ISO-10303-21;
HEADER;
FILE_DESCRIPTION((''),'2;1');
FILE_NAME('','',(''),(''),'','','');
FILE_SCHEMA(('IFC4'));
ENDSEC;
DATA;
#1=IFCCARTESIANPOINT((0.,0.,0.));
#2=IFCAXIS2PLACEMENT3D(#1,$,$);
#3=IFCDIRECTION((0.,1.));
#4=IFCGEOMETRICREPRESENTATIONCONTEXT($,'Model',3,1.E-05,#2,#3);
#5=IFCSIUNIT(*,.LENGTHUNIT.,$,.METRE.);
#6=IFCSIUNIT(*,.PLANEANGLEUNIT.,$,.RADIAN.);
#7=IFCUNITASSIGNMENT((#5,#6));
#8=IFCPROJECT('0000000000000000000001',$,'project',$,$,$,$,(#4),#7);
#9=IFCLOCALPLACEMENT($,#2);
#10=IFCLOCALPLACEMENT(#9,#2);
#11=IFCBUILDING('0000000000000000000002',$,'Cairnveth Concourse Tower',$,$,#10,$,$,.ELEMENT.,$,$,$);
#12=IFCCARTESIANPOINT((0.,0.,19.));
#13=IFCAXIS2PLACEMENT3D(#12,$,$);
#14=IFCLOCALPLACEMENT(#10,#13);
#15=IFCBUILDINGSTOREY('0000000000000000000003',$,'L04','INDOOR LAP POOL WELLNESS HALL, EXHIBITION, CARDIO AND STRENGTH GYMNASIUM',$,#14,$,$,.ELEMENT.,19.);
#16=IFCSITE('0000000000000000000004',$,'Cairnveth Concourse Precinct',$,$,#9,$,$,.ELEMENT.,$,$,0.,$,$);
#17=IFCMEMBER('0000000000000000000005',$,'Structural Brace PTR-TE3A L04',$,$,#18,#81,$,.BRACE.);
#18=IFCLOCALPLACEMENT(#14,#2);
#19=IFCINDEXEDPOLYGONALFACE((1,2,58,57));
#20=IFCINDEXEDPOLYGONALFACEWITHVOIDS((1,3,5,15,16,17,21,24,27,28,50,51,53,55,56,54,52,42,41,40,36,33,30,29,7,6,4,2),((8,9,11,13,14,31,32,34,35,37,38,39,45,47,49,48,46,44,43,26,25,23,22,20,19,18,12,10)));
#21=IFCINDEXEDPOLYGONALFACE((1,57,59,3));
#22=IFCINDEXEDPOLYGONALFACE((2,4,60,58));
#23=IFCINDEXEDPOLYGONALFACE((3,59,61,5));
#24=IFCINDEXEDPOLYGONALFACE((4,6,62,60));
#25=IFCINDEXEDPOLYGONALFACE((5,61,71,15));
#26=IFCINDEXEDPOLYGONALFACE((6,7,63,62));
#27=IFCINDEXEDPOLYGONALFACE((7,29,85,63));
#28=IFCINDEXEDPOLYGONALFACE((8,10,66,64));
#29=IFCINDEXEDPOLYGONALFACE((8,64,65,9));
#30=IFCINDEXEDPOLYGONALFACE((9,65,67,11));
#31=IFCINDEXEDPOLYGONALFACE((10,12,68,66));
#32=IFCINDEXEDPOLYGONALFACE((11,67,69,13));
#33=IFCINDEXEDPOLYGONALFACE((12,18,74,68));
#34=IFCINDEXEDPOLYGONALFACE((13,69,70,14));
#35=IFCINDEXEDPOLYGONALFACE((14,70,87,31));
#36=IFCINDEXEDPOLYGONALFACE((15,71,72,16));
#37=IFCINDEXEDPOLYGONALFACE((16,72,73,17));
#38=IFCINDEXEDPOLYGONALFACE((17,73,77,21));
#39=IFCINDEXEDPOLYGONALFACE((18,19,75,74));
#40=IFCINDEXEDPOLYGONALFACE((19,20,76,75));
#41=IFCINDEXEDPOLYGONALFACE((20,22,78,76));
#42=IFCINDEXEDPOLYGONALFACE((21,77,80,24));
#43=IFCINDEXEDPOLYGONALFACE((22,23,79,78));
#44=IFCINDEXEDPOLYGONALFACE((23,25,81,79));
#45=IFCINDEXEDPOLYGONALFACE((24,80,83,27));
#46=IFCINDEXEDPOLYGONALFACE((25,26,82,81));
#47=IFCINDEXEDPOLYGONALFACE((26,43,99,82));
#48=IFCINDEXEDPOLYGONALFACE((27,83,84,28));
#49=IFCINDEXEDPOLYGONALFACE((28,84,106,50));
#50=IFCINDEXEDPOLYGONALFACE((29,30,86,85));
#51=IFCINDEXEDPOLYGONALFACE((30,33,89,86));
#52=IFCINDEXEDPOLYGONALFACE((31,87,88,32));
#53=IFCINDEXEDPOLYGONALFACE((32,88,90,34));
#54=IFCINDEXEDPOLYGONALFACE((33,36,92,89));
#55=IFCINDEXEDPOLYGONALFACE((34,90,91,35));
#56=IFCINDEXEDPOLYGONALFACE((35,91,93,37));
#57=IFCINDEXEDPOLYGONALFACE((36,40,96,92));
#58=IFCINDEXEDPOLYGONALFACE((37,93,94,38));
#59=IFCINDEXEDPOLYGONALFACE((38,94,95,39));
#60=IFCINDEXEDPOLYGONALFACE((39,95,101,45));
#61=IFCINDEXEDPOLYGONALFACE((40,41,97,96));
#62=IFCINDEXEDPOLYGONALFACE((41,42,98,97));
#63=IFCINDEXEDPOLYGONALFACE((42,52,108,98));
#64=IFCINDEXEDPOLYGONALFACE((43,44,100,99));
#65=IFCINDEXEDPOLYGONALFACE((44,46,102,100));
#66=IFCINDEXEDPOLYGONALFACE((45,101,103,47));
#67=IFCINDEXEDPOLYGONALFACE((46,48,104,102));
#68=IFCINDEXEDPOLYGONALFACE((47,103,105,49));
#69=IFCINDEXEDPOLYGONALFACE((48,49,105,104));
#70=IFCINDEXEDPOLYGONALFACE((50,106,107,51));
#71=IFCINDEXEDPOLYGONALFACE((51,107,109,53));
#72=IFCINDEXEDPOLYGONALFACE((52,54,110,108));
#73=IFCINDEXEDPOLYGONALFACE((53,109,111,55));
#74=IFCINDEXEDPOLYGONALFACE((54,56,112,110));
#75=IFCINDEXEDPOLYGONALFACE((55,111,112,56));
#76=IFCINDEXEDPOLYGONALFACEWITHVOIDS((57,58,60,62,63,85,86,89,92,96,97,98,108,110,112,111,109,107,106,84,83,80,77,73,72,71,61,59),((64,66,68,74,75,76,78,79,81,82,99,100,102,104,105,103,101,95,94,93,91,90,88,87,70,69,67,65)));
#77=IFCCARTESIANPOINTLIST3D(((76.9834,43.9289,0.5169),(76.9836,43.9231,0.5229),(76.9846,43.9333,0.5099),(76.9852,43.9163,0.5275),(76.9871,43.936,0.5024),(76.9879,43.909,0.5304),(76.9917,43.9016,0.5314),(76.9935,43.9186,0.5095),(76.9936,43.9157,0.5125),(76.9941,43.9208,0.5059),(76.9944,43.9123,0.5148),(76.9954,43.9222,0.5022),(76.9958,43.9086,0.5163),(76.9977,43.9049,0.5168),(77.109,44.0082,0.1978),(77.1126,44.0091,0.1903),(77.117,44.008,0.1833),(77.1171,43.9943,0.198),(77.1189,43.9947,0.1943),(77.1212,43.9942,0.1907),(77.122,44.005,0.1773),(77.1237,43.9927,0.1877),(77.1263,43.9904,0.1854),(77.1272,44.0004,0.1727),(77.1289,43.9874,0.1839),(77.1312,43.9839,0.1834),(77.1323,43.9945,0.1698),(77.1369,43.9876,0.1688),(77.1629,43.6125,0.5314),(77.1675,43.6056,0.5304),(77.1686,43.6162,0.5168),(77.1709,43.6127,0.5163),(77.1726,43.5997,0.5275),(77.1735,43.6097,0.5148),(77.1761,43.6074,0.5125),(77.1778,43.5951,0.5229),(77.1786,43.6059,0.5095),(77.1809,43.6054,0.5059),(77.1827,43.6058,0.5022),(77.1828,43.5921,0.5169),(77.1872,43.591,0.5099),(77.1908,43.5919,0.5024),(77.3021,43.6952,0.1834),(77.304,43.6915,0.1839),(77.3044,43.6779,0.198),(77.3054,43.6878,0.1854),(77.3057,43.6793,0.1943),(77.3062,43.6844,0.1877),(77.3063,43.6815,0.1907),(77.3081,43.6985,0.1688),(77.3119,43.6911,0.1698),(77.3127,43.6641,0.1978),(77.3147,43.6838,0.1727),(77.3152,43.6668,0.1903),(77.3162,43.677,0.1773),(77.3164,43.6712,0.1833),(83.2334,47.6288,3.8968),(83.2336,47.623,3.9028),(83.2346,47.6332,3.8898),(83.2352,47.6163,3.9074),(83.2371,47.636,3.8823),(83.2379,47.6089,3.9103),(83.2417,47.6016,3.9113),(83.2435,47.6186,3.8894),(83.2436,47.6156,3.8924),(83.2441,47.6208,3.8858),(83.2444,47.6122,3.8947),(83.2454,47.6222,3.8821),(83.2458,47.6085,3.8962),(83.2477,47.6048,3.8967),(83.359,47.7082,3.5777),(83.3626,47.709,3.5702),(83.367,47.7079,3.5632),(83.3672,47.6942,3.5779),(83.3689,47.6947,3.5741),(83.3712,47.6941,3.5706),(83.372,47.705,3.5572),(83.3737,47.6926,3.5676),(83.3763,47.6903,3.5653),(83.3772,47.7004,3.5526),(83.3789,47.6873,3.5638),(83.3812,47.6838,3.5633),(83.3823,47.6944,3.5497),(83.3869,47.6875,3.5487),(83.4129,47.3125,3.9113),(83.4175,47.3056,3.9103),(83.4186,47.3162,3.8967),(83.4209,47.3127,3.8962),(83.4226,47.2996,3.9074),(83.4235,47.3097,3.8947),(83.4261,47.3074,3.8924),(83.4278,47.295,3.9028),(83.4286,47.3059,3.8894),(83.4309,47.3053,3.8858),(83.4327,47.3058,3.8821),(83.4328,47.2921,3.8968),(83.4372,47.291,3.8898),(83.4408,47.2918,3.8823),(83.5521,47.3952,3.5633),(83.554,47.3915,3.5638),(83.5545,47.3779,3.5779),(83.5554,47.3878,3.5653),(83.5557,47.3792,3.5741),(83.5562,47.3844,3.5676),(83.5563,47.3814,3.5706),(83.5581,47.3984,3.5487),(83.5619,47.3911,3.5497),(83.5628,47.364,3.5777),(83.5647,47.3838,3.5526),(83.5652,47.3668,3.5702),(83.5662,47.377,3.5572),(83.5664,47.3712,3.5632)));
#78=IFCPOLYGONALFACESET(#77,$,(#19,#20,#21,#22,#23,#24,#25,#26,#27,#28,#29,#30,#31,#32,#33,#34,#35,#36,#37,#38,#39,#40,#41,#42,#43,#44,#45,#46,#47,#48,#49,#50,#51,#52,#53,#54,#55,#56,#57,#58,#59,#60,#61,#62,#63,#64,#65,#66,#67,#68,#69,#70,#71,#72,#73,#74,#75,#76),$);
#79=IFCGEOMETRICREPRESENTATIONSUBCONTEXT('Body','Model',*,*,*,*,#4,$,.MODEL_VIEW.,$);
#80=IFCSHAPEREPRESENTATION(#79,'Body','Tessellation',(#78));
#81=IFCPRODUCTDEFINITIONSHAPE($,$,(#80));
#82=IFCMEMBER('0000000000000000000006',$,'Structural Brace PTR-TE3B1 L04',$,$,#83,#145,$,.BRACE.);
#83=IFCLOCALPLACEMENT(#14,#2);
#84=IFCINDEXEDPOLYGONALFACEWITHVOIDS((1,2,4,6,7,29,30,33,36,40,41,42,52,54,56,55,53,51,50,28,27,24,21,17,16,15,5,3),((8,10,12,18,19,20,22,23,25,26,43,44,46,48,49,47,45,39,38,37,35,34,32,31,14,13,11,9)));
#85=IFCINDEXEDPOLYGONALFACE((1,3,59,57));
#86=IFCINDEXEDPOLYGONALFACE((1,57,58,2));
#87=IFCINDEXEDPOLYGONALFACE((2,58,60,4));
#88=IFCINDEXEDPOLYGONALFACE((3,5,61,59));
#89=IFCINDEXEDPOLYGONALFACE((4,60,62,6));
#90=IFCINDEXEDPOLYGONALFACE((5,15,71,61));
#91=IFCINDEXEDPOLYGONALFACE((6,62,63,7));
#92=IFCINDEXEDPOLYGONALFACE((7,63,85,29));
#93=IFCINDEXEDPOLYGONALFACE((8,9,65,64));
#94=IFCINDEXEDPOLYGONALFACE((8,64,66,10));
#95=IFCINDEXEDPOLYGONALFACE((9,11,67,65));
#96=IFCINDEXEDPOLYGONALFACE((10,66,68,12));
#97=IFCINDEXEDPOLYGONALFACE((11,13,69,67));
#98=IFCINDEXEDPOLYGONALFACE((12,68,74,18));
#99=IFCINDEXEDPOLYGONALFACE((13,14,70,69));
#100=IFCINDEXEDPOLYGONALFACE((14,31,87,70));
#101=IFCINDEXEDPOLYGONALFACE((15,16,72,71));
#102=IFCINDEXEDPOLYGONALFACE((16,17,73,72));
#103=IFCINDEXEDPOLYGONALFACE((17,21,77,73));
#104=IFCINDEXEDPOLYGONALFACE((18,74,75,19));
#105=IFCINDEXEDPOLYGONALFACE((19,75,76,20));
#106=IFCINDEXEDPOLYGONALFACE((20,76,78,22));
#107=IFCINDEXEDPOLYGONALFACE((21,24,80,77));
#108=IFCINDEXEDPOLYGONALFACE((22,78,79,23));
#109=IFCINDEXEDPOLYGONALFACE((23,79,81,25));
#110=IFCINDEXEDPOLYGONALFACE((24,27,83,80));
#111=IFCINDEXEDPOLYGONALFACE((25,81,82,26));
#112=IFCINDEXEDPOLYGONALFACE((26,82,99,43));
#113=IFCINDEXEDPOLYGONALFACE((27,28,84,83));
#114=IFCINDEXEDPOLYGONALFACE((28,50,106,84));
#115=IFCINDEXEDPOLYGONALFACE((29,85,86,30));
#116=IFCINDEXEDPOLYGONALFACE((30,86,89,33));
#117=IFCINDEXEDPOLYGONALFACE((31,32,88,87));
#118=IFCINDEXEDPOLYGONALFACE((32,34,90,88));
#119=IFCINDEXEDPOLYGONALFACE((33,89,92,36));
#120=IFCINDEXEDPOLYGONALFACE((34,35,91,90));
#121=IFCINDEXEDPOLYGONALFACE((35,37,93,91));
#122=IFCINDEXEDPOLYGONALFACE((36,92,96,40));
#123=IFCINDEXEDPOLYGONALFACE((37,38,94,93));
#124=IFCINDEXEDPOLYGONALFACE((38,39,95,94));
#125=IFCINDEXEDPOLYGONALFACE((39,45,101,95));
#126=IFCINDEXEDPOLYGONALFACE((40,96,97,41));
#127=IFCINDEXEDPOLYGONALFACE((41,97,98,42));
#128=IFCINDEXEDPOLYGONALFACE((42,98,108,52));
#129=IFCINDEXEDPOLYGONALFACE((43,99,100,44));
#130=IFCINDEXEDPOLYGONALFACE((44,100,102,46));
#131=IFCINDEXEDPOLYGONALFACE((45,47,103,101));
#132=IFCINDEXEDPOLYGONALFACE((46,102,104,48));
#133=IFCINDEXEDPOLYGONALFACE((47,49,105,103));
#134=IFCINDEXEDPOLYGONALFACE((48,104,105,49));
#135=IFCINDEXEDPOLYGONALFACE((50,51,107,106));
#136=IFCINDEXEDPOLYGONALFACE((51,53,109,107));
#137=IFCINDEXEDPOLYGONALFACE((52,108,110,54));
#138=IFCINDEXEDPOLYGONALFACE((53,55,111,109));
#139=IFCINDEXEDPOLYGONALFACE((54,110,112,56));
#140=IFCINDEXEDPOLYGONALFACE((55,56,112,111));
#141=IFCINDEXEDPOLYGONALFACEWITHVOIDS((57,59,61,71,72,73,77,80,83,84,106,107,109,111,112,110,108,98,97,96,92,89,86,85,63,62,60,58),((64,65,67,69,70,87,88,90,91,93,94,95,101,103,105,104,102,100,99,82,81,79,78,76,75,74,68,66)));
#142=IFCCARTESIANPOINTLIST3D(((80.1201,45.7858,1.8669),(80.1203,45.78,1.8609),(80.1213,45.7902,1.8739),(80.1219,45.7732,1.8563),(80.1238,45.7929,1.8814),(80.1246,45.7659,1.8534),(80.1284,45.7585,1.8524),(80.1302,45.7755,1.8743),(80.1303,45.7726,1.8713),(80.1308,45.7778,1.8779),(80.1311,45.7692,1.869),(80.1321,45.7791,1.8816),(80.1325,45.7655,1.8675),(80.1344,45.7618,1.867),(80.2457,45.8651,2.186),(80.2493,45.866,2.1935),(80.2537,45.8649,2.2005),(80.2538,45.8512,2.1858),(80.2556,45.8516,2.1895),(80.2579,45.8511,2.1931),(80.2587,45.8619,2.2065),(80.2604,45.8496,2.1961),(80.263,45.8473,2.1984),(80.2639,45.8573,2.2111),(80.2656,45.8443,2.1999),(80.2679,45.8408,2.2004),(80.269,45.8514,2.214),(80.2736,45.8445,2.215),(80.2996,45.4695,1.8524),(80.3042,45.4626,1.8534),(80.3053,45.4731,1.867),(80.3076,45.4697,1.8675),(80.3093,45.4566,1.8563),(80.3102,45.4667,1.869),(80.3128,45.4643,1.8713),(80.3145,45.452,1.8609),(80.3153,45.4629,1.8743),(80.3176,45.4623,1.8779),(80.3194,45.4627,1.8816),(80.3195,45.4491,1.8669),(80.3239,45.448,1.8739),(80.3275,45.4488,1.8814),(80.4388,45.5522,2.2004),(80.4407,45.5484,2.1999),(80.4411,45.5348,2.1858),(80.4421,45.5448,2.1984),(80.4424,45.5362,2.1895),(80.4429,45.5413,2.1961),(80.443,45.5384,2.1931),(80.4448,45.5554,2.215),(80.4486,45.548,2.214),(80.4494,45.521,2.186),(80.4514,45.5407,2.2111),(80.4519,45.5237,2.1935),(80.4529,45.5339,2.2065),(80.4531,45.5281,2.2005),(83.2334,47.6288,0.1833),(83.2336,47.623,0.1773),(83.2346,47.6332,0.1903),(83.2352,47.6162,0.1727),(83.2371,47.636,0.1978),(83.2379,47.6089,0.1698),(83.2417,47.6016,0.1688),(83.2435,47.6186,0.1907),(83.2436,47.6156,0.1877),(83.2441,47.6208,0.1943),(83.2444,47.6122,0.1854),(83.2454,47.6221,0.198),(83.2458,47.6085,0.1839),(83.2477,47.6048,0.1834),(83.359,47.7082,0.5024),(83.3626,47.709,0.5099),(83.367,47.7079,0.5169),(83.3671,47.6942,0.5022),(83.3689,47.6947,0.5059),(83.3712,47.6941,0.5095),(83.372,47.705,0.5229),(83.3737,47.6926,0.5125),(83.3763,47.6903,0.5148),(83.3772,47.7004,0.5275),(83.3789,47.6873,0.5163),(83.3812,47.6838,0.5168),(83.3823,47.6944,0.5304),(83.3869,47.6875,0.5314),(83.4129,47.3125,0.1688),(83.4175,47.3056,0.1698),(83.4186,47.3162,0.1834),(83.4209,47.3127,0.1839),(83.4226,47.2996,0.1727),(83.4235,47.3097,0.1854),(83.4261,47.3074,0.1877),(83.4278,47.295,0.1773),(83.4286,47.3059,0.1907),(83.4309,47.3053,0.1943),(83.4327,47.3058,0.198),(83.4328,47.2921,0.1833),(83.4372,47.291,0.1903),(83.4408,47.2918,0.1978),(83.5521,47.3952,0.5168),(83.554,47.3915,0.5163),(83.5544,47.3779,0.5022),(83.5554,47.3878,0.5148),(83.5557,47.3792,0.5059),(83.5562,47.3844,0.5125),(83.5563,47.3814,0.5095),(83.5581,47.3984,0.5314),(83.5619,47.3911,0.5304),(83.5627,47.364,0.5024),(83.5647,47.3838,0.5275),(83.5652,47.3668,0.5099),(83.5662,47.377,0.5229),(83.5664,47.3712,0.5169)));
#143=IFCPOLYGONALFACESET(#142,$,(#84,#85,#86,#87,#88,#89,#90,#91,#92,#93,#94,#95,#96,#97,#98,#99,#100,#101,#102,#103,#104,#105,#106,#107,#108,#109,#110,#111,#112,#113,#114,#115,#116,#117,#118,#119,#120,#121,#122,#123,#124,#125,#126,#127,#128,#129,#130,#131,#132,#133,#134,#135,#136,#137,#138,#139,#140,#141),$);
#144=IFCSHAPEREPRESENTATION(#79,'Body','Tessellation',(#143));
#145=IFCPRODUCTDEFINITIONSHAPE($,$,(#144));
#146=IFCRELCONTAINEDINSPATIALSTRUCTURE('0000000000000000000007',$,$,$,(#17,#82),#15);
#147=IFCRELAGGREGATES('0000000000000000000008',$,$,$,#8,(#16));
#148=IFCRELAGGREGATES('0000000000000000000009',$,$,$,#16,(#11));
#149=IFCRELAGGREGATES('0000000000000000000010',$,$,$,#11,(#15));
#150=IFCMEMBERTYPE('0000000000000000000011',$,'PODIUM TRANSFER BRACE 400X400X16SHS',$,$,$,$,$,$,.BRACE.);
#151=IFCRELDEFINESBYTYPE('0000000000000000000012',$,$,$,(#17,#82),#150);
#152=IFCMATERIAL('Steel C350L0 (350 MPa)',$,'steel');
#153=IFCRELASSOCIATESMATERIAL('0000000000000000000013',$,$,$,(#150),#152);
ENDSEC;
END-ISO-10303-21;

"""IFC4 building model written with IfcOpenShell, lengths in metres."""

from ifc_helpers import new_model, si_unit, direction, frame, origin, origin_2d, place, context, subcontext, project, spatial, hollow_rectangle, extrude, material, material_profile, profile_set, type_object, element, save


model = new_model("IFC4")

# Units and contexts
model_context = context("Model", 3, precision=1e-05, world=origin(), true_north=direction((0.0, 1.0)))
body_context = subcontext(model_context, "Body", "Model", "MODEL_VIEW")
ifc_project = project(units=[si_unit("LENGTHUNIT", "METRE"), si_unit("PLANEANGLEUNIT", "RADIAN")], contexts=[model_context])

# Site, building, storey
site_placement = place(None, origin())
site = spatial("IfcSite", under=ifc_project, at=site_placement, Name="Cairnveth Concourse Precinct", CompositionType="ELEMENT", RefElevation=0.0)
building_placement = place(site_placement, origin())
building = spatial("IfcBuilding", under=site, at=building_placement, Name="Cairnveth Concourse Tower", CompositionType="ELEMENT")
storey_placement = place(building_placement, frame((0.0, 0.0, 19.0)))
storey = spatial("IfcBuildingStorey", under=building, at=storey_placement, Name="L04", Description="INDOOR LAP POOL WELLNESS HALL, EXHIBITION, CARDIO AND STRENGTH GYMNASIUM", CompositionType="ELEMENT", Elevation=19.0)

# Members
ifc_material_1 = material(Name="Steel C350L0 (350 MPa)", Category="steel")
ifc_material_profile_1 = material_profile(ifc_material_1, hollow_rectangle(XDim=0.3999, YDim=0.3999, WallThickness=0.0161, InnerFilletRadius=0.0161, OuterFilletRadius=0.032, at=origin_2d()), Name="400x400x16.0SHS")
ifc_profile_set_1 = profile_set([ifc_material_profile_1], Name="Steel C350L0 (350 MPa)")
member_type = type_object("IfcMemberType", Name="PODIUM TRANSFER BRACE 400X400X16SHS", PredefinedType="BRACE", material=ifc_profile_set_1)
member_placement = place(storey_placement, frame((77.1499, 43.8, 0.3501), z_axis=(0.78018, 0.46186, 0.421906), x_axis=(-0.50942, 0.860518, 0.0)))
element("IfcMember", 1, at=member_placement, inside=storey, type_object=member_type, Name="Structural Brace PTR-TE3A L04", PredefinedType="BRACE", context=body_context, shape_type="SweptSolid", body=[
    extrude(hollow_rectangle(XDim=0.3999, YDim=0.3999, WallThickness=0.0161, InnerFilletRadius=0.0161, OuterFilletRadius=0.032, at=origin_2d()), origin(), (0.0, 0.0, 1.0), 8.011),
])
for number, where, z_axis, x_axis, name in (
    (2, (83.3999, 47.5, 0.3501), (-0.780182, -0.461857, 0.421905), (0.509416, -0.860521, 0.0), "Structural Brace PTR-TE3B1 L04"),
):
    element("IfcMember", number, at=place(storey_placement, frame(where, z_axis=z_axis, x_axis=x_axis)), inside=storey, type_object=member_type, Name=name, PredefinedType="BRACE", context=body_context, shape_type="SweptSolid", body=[
        extrude(hollow_rectangle(XDim=0.3999, YDim=0.3999, WallThickness=0.0161, InnerFilletRadius=0.0161, OuterFilletRadius=0.032, at=origin_2d()), origin(), (0.0, 0.0, 1.0), 3.9905),
    ])

save(model, "model.ifc")
